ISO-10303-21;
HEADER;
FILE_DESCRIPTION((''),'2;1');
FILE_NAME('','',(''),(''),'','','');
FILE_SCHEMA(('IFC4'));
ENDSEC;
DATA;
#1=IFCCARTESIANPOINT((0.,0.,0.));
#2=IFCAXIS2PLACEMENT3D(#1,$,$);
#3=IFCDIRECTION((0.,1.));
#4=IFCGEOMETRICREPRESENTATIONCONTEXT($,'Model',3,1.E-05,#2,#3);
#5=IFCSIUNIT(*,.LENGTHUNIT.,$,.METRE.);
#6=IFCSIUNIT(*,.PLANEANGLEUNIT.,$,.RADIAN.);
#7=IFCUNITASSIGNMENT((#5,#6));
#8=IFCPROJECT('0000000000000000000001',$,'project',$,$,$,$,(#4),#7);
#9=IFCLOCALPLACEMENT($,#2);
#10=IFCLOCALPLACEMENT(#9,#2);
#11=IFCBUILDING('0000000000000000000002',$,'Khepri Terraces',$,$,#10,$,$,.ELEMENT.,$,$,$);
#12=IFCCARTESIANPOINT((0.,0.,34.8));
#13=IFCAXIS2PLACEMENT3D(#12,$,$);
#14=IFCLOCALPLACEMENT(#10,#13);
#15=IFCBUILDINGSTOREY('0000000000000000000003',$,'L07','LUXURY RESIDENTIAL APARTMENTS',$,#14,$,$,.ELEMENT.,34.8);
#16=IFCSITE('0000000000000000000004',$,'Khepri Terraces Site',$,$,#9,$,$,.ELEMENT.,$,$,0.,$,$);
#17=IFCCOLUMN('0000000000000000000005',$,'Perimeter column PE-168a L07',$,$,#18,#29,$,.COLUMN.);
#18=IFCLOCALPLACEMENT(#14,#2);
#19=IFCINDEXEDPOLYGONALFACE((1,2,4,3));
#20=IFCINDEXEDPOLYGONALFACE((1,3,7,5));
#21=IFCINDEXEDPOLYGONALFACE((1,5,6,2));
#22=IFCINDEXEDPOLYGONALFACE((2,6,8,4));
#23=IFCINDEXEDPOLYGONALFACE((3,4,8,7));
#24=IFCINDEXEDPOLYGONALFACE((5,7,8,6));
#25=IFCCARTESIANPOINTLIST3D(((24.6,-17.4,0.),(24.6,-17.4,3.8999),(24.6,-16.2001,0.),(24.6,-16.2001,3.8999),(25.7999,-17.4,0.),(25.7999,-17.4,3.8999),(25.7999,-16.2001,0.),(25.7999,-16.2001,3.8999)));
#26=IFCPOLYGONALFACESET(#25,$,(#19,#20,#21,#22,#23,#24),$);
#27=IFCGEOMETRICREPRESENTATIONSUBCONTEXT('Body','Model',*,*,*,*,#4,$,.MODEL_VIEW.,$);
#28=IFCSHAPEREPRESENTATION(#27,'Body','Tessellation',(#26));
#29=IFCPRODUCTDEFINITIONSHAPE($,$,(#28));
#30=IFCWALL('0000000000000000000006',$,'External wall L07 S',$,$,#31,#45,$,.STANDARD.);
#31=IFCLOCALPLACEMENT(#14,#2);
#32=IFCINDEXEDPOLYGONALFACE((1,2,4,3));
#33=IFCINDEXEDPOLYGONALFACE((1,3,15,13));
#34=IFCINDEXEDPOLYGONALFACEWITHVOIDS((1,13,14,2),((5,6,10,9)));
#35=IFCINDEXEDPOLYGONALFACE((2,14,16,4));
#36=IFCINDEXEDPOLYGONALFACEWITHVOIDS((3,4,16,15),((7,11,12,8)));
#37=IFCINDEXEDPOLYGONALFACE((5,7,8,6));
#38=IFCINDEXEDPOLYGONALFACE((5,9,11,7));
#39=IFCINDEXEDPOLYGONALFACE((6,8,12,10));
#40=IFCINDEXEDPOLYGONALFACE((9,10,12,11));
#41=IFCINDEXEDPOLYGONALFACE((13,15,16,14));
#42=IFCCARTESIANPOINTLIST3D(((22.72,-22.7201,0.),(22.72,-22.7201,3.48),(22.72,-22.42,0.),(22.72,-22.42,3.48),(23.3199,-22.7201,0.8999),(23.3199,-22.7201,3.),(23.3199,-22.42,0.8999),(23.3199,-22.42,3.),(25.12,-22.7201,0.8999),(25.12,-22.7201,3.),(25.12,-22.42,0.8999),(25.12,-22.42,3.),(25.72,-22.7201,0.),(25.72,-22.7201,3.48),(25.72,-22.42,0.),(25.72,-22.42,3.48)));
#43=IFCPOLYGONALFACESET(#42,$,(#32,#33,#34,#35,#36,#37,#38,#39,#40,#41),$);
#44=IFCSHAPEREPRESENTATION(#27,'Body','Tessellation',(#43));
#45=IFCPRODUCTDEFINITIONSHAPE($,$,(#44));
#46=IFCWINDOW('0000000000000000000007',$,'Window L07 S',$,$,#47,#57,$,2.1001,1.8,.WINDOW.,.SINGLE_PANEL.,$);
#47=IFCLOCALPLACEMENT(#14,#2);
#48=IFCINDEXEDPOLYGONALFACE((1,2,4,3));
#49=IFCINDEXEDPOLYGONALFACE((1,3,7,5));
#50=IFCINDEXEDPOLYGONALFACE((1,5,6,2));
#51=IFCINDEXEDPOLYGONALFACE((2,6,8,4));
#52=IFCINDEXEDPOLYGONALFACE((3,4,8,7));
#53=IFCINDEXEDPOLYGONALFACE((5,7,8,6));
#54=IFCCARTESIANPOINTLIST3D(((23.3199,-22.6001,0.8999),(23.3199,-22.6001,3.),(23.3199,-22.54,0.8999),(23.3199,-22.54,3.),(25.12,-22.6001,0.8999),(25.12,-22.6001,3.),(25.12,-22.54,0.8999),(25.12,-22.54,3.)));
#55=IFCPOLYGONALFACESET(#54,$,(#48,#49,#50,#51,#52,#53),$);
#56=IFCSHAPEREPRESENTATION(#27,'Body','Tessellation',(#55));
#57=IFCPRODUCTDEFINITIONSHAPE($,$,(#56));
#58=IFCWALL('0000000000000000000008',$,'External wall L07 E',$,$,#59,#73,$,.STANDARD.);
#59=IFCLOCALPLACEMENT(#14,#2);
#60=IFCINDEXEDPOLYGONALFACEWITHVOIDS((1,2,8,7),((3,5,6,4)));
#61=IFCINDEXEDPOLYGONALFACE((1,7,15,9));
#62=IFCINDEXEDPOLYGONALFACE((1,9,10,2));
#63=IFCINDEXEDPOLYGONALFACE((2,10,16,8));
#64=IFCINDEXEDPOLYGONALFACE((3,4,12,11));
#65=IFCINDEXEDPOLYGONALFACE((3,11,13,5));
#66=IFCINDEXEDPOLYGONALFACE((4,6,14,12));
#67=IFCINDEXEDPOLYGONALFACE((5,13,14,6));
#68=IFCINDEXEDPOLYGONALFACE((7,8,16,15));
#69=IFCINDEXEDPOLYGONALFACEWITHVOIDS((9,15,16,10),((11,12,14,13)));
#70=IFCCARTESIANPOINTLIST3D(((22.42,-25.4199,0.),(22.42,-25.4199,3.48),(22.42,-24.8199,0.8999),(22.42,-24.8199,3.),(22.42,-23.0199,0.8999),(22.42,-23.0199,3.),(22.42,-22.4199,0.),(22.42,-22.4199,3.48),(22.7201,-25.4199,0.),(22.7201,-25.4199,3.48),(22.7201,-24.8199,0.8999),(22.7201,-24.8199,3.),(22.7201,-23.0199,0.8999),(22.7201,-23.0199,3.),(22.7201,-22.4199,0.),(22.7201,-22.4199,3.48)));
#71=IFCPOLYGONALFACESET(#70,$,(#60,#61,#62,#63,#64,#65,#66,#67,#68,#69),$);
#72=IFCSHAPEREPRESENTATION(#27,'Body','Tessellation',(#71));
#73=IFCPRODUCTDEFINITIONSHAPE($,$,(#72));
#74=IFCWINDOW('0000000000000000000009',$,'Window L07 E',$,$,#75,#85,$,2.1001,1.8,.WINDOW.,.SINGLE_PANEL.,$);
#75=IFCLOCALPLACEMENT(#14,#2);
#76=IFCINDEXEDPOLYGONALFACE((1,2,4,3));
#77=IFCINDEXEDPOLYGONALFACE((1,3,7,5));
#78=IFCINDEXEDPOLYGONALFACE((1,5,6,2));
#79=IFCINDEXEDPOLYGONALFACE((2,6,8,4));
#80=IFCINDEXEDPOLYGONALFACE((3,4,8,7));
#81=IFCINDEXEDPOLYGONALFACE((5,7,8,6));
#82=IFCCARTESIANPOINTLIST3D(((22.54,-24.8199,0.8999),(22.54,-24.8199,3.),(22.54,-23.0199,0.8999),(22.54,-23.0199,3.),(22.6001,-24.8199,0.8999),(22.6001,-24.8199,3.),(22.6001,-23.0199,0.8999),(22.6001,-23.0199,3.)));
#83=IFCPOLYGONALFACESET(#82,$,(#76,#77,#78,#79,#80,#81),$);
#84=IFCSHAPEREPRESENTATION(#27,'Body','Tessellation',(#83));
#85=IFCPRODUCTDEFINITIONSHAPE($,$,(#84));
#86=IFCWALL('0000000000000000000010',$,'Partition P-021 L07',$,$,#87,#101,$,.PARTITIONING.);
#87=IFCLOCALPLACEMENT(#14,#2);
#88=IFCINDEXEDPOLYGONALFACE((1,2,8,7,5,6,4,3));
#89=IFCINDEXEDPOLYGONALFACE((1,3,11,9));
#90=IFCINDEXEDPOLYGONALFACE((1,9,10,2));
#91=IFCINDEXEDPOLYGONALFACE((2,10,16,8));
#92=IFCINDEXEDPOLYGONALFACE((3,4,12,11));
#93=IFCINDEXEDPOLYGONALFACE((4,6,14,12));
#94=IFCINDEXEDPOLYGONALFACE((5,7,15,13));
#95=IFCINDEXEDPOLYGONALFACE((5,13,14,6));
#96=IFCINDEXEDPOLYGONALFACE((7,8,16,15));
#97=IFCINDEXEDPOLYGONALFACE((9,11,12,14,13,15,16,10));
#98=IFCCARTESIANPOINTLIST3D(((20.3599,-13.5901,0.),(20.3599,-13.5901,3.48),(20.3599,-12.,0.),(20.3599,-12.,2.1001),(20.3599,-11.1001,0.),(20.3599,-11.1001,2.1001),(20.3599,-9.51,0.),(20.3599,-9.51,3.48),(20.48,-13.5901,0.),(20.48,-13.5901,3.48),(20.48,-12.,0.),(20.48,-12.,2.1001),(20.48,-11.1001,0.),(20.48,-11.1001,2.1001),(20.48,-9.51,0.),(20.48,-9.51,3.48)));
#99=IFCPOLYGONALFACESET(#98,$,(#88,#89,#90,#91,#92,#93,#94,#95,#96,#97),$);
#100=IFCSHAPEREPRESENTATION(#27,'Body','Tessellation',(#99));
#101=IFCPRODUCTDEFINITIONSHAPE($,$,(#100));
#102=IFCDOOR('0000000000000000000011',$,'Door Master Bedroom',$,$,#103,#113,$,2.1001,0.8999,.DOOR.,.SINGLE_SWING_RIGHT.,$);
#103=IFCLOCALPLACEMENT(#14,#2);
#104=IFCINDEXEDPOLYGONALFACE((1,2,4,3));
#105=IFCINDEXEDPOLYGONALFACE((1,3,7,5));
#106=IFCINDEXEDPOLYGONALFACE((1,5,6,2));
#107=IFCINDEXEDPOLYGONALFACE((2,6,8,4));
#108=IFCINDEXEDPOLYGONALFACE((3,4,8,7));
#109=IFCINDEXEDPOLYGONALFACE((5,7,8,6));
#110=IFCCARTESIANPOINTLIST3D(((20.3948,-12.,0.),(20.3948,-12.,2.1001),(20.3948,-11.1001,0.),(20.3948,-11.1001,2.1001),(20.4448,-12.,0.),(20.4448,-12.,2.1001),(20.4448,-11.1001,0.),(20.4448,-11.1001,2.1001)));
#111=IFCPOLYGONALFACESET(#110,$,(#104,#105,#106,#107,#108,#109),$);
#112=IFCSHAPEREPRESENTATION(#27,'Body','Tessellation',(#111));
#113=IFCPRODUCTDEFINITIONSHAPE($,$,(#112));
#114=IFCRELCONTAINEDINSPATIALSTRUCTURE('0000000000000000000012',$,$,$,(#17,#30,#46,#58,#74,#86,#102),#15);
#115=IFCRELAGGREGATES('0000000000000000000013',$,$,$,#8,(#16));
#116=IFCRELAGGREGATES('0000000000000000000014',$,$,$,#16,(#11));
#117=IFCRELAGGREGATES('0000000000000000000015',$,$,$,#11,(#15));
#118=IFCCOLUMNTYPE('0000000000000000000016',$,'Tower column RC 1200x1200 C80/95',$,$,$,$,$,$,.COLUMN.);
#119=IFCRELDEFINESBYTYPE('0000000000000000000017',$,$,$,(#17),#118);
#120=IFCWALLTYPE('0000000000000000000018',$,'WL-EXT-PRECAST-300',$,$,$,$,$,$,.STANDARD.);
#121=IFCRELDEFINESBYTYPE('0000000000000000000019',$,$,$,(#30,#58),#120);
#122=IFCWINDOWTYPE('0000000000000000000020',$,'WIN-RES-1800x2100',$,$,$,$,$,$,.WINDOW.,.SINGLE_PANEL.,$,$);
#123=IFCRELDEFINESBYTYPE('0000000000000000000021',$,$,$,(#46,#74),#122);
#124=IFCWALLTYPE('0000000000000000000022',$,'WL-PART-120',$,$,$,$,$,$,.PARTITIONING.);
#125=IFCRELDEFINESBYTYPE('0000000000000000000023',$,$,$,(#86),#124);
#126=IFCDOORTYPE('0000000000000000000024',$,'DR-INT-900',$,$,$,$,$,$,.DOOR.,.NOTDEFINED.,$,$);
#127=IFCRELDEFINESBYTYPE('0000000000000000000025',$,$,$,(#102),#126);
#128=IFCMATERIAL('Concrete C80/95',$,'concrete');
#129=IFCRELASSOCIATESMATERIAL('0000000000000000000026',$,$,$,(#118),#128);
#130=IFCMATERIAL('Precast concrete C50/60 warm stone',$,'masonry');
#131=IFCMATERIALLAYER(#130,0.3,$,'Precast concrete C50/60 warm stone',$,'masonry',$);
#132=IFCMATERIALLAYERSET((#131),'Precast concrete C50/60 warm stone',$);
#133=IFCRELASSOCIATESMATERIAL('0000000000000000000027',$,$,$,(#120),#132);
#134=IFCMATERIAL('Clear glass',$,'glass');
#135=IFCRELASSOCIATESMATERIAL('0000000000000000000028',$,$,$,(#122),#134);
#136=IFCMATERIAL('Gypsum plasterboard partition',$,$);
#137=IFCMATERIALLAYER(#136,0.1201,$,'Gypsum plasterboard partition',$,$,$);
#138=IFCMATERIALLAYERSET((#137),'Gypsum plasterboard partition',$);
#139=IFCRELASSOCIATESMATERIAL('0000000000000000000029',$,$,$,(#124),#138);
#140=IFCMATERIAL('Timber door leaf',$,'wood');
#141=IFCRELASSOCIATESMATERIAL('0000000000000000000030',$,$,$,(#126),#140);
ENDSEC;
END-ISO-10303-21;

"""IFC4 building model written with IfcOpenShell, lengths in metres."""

from ifc_helpers import new_model, si_unit, direction, frame, frame_2d, origin, origin_2d, place, context, subcontext, project, spatial, rectangle, extrude, material, layer, layer_set, material_profile, profile_set, type_object, element, fill, save


model = new_model("IFC4")

# Units and contexts
model_context = context("Model", 3, precision=1e-05, world=origin(), true_north=direction((0.0, 1.0)))
body_context = subcontext(model_context, "Body", "Model", "MODEL_VIEW")
ifc_project = project(units=[si_unit("LENGTHUNIT", "METRE"), si_unit("PLANEANGLEUNIT", "RADIAN")], contexts=[model_context])

# Site, building, storey
site_placement = place(None, origin())
site = spatial("IfcSite", under=ifc_project, at=site_placement, Name="Khepri Terraces Site", CompositionType="ELEMENT", RefElevation=0.0)
building_placement = place(site_placement, origin())
building = spatial("IfcBuilding", under=site, at=building_placement, Name="Khepri Terraces", CompositionType="ELEMENT")
storey_placement = place(building_placement, frame((0.0, 0.0, 34.8)))
storey = spatial("IfcBuildingStorey", under=building, at=storey_placement, Name="L07", Description="LUXURY RESIDENTIAL APARTMENTS", CompositionType="ELEMENT", Elevation=34.8)

# Column
ifc_material_1 = material(Name="Concrete C80/95", Category="concrete")
ifc_material_profile = material_profile(ifc_material_1, rectangle(XDim=1.2, YDim=1.2, at=origin_2d()), Name="Concrete C80/95", Category="concrete")
ifc_profile_set = profile_set([ifc_material_profile], Name="Concrete C80/95")
column_type = type_object("IfcColumnType", Name="Tower column RC 1200x1200 C80/95", PredefinedType="COLUMN", material=ifc_profile_set)
column_placement = place(storey_placement, frame((25.2, -16.8, 0.0), z_axis=(0.0, 0.0, 1.0), x_axis=(1.0, 0.0, 0.0)))
element("IfcColumn", 1, at=column_placement, inside=storey, type_object=column_type, Name="Perimeter column PE-168a L07", PredefinedType="COLUMN", context=body_context, shape_type="SweptSolid", body=[
    extrude(rectangle(XDim=1.2, YDim=1.2, at=origin_2d()), origin(), (0.0, 0.0, 1.0), 3.8999),
])

# Wall, opening, window
ifc_material_2 = material(Name="Precast concrete C50/60 warm stone", Category="masonry")
ifc_layer_1 = layer(ifc_material_2, 0.3, Name="Precast concrete C50/60 warm stone", Category="masonry")
ifc_layer_set_1 = layer_set([ifc_layer_1], Name="Precast concrete C50/60 warm stone")
wall_type_1 = type_object("IfcWallType", Name="WL-EXT-PRECAST-300", PredefinedType="STANDARD", material=ifc_layer_set_1)
wall_1_placement = place(storey_placement, frame((22.72, -22.5701, 0.0), z_axis=(0.0, 0.0, 1.0), x_axis=(1.0, 0.0, 0.0)))
wall_1 = element("IfcWall", 2, at=wall_1_placement, inside=storey, type_object=wall_type_1, Name="External wall L07 S", PredefinedType="STANDARD", context=body_context, shape_type="SweptSolid", body=[
    extrude(rectangle(XDim=3.0, YDim=0.3, at=frame_2d((1.5, 0.0))), origin(), (0.0, 0.0, 1.0), 3.48),
])
opening_1_placement = place(wall_1_placement, frame((0.6001, 0.0, 0.8999)))
opening_1 = element("IfcOpeningElement", 3, at=opening_1_placement, cuts=wall_1, PredefinedType="OPENING", context=body_context, shape_type="SweptSolid", body=[
    extrude(rectangle(XDim=1.8, YDim=2.1001, at=frame_2d((0.8999, 1.05))), frame((0.0, 0.1602, 0.0), z_axis=(0.0, -1.0, 0.0), x_axis=(1.0, 0.0, 0.0)), (0.0, 0.0, 1.0), 0.3201),
])
ifc_material_3 = material(Name="Clear glass", Category="glass")
window_type = type_object("IfcWindowType", Name="WIN-RES-1800x2100", PartitioningType="SINGLE_PANEL", PredefinedType="WINDOW", material=ifc_material_3)
window_1_placement = place(opening_1_placement, origin())
window_1 = element("IfcWindow", 4, at=window_1_placement, inside=storey, type_object=window_type, Name="Window L07 S", OverallHeight=2.1001, OverallWidth=1.8, PartitioningType="SINGLE_PANEL", PredefinedType="WINDOW", context=body_context, shape_type="SweptSolid", body=[
    extrude(rectangle(XDim=1.8, YDim=2.1001, at=frame_2d((0.8999, 1.05))), frame((0.0, 0.03, 0.0), z_axis=(0.0, -1.0, 0.0), x_axis=(1.0, 0.0, 0.0)), (0.0, 0.0, 1.0), 0.0601),
])
fill(opening_1, window_1)

# Wall, opening, window
wall_2_placement = place(storey_placement, frame((22.5701, -25.4199, 0.0), z_axis=(0.0, 0.0, 1.0), x_axis=(0.0, 1.0, 0.0)))
wall_2 = element("IfcWall", 5, at=wall_2_placement, inside=storey, type_object=wall_type_1, Name="External wall L07 E", PredefinedType="STANDARD", context=body_context, shape_type="SweptSolid", body=[
    extrude(rectangle(XDim=3.0, YDim=0.3, at=frame_2d((1.5, 0.0))), origin(), (0.0, 0.0, 1.0), 3.48),
])
opening_2_placement = place(wall_2_placement, frame((0.6001, 0.0, 0.8999)))
opening_2 = element("IfcOpeningElement", 6, at=opening_2_placement, cuts=wall_2, PredefinedType="OPENING", context=body_context, shape_type="SweptSolid", body=[
    extrude(rectangle(XDim=1.8, YDim=2.1001, at=frame_2d((0.8999, 1.05))), frame((0.0, 0.1602, 0.0), z_axis=(0.0, -1.0, 0.0), x_axis=(1.0, 0.0, 0.0)), (0.0, 0.0, 1.0), 0.3201),
])
window_2_placement = place(opening_2_placement, origin())
window_2 = element("IfcWindow", 7, at=window_2_placement, inside=storey, type_object=window_type, Name="Window L07 E", OverallHeight=2.1001, OverallWidth=1.8, PartitioningType="SINGLE_PANEL", PredefinedType="WINDOW", context=body_context, shape_type="SweptSolid", body=[
    extrude(rectangle(XDim=1.8, YDim=2.1001, at=frame_2d((0.8999, 1.05))), frame((0.0, 0.03, 0.0), z_axis=(0.0, -1.0, 0.0), x_axis=(1.0, 0.0, 0.0)), (0.0, 0.0, 1.0), 0.0601),
])
fill(opening_2, window_2)

# Wall, opening, door
ifc_material_4 = material(Name="Gypsum plasterboard partition")
ifc_layer_2 = layer(ifc_material_4, 0.1201, Name="Gypsum plasterboard partition")
ifc_layer_set_2 = layer_set([ifc_layer_2], Name="Gypsum plasterboard partition")
wall_type_2 = type_object("IfcWallType", Name="WL-PART-120", PredefinedType="PARTITIONING", material=ifc_layer_set_2)
wall_3_placement = place(storey_placement, frame((20.4199, -13.5901, 0.0), z_axis=(0.0, 0.0, 1.0), x_axis=(0.0, 1.0, 0.0)))
wall_3 = element("IfcWall", 8, at=wall_3_placement, inside=storey, type_object=wall_type_2, Name="Partition P-021 L07", PredefinedType="PARTITIONING", context=body_context, shape_type="SweptSolid", body=[
    extrude(rectangle(XDim=4.0801, YDim=0.1201, at=frame_2d((2.04, 0.0))), origin(), (0.0, 0.0, 1.0), 3.48),
])
opening_3_placement = place(wall_3_placement, frame((1.5901, 0.0, 0.0)))
opening_3 = element("IfcOpeningElement", 9, at=opening_3_placement, cuts=wall_3, PredefinedType="OPENING", context=body_context, shape_type="SweptSolid", body=[
    extrude(rectangle(XDim=0.8999, YDim=2.1001, at=frame_2d((0.45, 1.05))), frame((0.0, 0.0701, 0.0), z_axis=(0.0, -1.0, 0.0), x_axis=(1.0, 0.0, 0.0)), (0.0, 0.0, 1.0), 0.1401),
])
ifc_material_5 = material(Name="Timber door leaf", Category="wood")
door_type_1 = type_object("IfcDoorType", Name="DR-INT-900", OperationType="NOTDEFINED", PredefinedType="DOOR", material=ifc_material_5)
door_1_placement = place(opening_3_placement, frame((0.8999, 0.0, 0.0), z_axis=(0.0, 0.0, 1.0), x_axis=(-1.0, 0.0, 0.0)))
door_1 = element("IfcDoor", 10, at=door_1_placement, inside=storey, type_object=door_type_1, Name="Door Master Bedroom", OperationType="SINGLE_SWING_RIGHT", OverallHeight=2.1001, OverallWidth=0.8999, PredefinedType="DOOR", context=body_context, shape_type="SweptSolid", body=[
    extrude(rectangle(XDim=0.8999, YDim=2.1001, at=frame_2d((0.45, 1.05))), frame((0.0, 0.0249, 0.0), z_axis=(0.0, -1.0, 0.0), x_axis=(1.0, 0.0, 0.0)), (0.0, 0.0, 1.0), 0.05),
])
fill(opening_3, door_1)

save(model, "model.ifc")
